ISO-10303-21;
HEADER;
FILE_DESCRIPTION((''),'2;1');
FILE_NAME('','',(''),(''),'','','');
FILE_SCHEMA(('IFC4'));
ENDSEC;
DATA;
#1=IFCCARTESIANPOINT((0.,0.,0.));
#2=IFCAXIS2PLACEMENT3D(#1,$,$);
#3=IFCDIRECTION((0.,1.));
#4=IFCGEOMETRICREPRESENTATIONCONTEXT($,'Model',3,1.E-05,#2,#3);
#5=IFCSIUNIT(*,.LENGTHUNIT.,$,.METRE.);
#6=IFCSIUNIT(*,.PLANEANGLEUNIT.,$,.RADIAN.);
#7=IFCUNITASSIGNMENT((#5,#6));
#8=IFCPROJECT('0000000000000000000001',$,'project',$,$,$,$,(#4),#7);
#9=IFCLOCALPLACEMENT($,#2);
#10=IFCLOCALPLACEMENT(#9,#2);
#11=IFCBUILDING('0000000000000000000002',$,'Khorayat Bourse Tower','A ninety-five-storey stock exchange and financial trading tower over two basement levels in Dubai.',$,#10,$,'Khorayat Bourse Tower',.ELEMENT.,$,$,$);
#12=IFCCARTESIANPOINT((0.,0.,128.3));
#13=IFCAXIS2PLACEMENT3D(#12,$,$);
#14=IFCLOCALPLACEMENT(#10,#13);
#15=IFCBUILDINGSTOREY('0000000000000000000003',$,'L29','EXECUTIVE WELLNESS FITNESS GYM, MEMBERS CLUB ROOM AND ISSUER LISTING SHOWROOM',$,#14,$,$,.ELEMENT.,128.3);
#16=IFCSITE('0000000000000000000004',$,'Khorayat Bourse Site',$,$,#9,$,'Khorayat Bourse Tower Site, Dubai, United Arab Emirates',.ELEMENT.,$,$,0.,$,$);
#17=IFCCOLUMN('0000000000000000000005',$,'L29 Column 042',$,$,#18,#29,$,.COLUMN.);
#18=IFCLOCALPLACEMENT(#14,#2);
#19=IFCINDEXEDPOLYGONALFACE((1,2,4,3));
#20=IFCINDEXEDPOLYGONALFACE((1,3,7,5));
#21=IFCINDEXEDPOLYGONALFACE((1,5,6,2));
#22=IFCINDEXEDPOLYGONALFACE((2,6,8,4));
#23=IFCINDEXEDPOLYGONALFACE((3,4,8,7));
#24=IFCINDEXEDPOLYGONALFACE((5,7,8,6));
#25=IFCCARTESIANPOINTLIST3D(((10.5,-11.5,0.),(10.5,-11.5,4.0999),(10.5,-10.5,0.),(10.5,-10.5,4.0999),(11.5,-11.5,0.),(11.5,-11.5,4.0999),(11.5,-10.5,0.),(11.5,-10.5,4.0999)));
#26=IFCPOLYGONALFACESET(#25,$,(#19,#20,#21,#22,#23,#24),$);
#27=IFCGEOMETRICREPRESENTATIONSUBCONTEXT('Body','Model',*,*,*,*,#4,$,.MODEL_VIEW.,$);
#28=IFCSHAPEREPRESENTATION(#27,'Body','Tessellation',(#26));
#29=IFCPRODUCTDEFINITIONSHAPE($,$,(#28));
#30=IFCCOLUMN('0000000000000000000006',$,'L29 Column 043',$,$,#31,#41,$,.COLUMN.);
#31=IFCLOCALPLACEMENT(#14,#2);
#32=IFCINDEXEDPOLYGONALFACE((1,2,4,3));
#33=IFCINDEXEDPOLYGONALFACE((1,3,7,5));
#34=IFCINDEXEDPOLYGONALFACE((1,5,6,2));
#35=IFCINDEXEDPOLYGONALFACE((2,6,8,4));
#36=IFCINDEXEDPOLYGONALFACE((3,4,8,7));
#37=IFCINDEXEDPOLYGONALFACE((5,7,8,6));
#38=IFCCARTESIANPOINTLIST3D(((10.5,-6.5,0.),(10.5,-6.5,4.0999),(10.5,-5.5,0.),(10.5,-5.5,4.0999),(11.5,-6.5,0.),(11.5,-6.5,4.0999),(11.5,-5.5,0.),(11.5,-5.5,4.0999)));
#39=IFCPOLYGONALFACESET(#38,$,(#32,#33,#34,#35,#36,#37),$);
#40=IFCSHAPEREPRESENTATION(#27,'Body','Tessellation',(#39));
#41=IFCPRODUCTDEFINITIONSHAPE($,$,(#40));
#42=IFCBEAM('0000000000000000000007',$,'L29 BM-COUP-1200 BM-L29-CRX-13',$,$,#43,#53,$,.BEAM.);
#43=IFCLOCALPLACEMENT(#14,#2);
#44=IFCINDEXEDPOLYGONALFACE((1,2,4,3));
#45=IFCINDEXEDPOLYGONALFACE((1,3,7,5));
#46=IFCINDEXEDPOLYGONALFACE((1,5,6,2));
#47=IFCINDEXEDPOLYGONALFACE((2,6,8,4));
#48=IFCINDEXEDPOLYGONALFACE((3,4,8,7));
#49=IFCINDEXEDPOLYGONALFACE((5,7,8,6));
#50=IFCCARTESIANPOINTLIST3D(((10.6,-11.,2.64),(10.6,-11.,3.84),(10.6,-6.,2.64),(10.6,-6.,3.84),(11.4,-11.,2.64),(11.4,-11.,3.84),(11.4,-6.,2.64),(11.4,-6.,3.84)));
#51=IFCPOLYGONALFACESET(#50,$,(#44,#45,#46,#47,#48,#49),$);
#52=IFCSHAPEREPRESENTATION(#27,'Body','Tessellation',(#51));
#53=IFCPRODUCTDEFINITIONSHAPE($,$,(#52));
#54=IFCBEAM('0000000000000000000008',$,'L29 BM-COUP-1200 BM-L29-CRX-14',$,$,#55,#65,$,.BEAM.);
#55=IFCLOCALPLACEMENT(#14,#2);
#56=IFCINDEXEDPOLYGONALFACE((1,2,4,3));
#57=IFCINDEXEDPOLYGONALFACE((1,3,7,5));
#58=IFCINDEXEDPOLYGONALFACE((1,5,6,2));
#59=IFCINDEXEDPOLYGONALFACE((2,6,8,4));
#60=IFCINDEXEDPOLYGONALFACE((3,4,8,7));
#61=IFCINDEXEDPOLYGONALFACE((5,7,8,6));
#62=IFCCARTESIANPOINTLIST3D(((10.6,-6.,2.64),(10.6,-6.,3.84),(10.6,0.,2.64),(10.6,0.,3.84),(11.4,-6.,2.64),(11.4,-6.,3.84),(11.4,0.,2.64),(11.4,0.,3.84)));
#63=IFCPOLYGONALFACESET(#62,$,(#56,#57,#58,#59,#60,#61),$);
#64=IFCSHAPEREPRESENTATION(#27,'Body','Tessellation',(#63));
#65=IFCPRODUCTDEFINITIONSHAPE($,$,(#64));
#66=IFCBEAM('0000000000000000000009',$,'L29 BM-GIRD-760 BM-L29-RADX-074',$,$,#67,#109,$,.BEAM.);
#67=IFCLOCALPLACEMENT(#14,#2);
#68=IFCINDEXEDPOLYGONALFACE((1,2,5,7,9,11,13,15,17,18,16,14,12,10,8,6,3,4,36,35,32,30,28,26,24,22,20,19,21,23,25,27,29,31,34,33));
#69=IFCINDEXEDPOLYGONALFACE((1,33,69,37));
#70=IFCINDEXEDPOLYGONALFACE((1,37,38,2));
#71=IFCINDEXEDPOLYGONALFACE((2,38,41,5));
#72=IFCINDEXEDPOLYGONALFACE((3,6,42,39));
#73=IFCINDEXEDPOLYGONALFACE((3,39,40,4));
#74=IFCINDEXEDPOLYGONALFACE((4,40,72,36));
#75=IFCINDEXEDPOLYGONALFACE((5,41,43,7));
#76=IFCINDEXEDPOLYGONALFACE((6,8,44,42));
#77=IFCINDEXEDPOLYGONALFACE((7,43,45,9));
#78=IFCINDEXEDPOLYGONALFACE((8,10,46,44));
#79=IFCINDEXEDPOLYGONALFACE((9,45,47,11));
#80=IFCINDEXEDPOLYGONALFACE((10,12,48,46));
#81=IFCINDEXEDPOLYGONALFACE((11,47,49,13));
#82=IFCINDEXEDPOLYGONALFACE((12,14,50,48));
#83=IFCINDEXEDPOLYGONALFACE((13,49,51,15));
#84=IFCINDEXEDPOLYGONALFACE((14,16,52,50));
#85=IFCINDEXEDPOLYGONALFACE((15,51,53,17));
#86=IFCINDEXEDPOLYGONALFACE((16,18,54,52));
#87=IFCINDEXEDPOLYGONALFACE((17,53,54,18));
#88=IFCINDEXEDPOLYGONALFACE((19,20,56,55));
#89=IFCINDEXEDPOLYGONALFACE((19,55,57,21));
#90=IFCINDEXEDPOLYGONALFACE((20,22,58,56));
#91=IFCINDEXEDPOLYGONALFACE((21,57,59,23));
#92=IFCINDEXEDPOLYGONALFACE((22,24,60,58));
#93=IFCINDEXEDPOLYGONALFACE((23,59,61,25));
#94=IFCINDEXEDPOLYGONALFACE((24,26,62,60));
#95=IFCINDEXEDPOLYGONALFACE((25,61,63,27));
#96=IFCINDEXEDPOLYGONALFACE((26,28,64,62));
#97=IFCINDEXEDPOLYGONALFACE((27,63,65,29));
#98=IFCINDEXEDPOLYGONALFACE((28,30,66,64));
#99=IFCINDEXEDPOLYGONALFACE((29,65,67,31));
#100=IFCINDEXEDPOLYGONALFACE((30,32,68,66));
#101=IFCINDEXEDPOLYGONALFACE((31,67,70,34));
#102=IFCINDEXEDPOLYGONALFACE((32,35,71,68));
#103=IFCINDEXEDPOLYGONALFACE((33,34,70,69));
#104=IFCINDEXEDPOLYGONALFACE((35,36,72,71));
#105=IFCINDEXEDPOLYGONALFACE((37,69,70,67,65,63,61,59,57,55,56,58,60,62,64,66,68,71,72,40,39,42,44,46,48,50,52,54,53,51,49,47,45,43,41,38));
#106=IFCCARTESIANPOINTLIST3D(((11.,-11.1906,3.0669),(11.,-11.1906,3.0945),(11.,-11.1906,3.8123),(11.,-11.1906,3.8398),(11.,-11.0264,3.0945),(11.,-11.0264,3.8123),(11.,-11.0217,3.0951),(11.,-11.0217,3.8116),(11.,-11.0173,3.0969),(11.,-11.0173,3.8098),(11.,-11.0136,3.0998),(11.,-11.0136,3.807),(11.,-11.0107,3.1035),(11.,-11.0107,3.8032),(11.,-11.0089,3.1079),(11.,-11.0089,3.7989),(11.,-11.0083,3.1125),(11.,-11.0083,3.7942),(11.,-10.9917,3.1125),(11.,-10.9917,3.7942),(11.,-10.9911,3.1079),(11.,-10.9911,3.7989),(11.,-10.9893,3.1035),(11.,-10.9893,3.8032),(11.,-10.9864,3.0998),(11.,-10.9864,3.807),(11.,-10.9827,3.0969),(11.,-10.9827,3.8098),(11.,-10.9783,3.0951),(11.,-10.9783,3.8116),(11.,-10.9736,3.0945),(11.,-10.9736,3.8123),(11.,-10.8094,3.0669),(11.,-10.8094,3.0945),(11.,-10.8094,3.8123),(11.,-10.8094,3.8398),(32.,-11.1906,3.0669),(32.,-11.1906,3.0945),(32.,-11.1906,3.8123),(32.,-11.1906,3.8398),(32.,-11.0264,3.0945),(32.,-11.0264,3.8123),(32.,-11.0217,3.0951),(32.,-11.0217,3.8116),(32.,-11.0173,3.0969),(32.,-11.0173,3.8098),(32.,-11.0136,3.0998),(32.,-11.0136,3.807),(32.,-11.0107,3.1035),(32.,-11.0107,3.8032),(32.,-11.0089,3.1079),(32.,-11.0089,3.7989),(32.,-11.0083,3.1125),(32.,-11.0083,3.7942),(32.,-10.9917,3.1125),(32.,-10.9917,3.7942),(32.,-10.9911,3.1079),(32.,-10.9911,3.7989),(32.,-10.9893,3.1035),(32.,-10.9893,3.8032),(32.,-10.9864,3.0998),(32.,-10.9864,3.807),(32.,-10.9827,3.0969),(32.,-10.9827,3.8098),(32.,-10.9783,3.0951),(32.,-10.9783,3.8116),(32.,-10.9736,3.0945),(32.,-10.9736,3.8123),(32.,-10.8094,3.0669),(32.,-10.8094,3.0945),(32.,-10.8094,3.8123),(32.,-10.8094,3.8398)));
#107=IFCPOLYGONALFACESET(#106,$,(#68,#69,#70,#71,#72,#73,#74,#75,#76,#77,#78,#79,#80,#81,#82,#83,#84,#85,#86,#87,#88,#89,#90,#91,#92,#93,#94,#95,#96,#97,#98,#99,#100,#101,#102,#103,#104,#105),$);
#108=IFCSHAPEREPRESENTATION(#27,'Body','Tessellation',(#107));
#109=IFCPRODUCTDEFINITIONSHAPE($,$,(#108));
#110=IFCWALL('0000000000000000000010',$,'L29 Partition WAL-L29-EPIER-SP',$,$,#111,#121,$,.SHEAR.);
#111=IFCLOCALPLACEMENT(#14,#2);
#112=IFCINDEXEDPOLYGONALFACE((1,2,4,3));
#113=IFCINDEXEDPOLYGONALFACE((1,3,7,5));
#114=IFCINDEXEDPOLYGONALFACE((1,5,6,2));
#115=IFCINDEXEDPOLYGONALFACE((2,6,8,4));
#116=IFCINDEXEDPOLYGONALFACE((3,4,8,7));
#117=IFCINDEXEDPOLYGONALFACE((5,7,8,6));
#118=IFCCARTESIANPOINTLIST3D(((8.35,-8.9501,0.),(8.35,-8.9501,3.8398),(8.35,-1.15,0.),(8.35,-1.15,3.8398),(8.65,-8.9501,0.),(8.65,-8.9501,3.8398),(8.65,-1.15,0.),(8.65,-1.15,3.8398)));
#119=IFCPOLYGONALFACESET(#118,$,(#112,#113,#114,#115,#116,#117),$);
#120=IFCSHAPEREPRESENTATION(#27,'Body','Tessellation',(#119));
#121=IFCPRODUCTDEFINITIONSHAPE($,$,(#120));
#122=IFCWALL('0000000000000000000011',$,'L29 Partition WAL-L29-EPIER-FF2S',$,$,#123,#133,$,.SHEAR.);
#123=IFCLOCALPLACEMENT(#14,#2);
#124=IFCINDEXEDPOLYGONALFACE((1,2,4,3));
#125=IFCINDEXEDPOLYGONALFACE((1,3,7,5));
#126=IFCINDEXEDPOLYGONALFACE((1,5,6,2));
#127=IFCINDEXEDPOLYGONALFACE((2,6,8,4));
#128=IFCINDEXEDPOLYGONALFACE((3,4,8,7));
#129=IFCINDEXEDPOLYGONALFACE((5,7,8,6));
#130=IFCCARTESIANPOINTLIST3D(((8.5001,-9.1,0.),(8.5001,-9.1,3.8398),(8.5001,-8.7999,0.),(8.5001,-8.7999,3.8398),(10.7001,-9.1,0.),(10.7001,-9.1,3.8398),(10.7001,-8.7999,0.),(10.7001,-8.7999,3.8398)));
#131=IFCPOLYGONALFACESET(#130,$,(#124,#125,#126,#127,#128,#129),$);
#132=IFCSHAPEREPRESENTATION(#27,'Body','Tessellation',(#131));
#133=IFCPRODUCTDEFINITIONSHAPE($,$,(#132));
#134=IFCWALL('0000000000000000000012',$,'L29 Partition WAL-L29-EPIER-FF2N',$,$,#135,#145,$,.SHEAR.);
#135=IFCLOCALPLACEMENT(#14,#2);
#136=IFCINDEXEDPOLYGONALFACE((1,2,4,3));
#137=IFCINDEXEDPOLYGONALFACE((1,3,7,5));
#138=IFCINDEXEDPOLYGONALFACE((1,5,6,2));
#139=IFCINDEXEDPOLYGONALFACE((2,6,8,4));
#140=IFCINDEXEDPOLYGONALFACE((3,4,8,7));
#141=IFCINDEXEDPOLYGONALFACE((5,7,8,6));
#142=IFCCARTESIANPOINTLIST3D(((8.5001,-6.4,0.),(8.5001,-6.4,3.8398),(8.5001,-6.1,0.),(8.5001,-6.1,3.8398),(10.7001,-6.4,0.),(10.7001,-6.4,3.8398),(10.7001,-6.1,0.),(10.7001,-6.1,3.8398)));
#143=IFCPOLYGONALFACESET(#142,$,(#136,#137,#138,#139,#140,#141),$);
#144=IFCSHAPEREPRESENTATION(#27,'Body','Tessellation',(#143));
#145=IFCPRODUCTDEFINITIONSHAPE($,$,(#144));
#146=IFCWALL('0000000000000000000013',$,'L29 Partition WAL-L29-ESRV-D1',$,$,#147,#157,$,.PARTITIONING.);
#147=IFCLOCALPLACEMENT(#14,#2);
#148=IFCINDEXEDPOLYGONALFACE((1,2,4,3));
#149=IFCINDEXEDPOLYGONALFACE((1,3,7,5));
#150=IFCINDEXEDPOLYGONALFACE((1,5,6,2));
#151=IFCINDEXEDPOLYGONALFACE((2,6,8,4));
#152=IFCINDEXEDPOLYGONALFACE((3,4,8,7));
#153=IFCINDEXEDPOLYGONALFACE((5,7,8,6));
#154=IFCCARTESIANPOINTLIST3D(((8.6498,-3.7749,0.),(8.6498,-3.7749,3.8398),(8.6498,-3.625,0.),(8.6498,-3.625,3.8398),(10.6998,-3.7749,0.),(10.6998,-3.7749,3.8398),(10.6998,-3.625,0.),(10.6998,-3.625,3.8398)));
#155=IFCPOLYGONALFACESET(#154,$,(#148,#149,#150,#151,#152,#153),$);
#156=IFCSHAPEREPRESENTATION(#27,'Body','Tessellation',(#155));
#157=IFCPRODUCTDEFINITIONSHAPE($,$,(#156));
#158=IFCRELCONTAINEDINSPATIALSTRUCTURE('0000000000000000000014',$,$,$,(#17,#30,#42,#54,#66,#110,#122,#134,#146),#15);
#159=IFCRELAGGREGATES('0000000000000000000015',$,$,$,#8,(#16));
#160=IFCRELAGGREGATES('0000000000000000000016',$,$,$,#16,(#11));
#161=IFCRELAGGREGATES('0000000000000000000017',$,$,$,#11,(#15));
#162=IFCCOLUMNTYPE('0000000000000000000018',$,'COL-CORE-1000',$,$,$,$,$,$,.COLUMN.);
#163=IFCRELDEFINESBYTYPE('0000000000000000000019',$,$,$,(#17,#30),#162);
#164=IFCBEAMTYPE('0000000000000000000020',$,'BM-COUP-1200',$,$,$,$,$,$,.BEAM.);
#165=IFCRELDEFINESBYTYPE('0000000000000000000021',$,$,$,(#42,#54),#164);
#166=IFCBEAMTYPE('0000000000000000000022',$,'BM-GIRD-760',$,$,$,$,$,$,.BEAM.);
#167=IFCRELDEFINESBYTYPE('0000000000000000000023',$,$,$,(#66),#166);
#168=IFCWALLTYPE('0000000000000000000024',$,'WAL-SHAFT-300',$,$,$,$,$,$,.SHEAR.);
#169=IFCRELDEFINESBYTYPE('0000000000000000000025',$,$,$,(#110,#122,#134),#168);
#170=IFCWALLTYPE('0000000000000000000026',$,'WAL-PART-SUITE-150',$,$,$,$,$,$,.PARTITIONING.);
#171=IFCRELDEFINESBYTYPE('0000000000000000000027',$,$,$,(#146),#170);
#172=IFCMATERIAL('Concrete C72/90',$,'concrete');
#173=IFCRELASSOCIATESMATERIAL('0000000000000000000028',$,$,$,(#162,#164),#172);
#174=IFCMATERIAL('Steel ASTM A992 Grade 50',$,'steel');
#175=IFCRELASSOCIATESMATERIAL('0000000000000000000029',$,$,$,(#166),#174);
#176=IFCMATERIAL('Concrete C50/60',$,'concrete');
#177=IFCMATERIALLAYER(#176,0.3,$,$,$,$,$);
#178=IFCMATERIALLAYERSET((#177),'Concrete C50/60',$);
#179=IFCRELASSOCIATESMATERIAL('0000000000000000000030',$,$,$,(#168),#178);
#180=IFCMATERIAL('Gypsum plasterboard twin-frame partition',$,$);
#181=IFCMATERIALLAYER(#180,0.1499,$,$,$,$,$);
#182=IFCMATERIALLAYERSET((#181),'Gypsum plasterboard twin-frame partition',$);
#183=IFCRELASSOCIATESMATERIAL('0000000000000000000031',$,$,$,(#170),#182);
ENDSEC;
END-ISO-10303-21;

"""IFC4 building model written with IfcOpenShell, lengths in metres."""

from ifc_helpers import new_model, si_unit, direction, frame, frame_2d, origin, origin_2d, place, context, subcontext, project, spatial, rectangle, i_section, extrude, source, transform, mapped, material, layer, layer_set, material_profile, profile_set, type_object, element, save


model = new_model("IFC4")

# Units and contexts
model_context = context("Model", 3, precision=1e-05, world=origin(), true_north=direction((0.0, 1.0)))
body_context = subcontext(model_context, "Body", "Model", "MODEL_VIEW")
ifc_project = project(units=[si_unit("LENGTHUNIT", "METRE"), si_unit("PLANEANGLEUNIT", "RADIAN")], contexts=[model_context])

# Site, building, storey
site_placement = place(None, origin())
site = spatial("IfcSite", under=ifc_project, at=site_placement, Name="Khorayat Bourse Site", LongName="Khorayat Bourse Tower Site, Dubai, United Arab Emirates", CompositionType="ELEMENT", RefElevation=0.0)
building_placement = place(site_placement, origin())
building = spatial("IfcBuilding", under=site, at=building_placement, Name="Khorayat Bourse Tower", Description="A ninety-five-storey stock exchange and financial trading tower over two basement levels in Dubai.", LongName="Khorayat Bourse Tower", CompositionType="ELEMENT")
storey_placement = place(building_placement, frame((0.0, 0.0, 128.3)))
storey = spatial("IfcBuildingStorey", under=building, at=storey_placement, Name="L29", Description="EXECUTIVE WELLNESS FITNESS GYM, MEMBERS CLUB ROOM AND ISSUER LISTING SHOWROOM", CompositionType="ELEMENT", Elevation=128.3)

# Columns
ifc_material_1 = material(Name="Concrete C72/90", Category="concrete")
ifc_material_profile_1 = material_profile(ifc_material_1, rectangle(XDim=1.0, YDim=1.0, at=origin_2d()), Name="RC 1000x1000")
ifc_profile_set_1 = profile_set([ifc_material_profile_1], Name="Concrete C72/90")
column_type = type_object("IfcColumnType", Name="COL-CORE-1000", PredefinedType="COLUMN", material=ifc_profile_set_1)
shared_shape_1 = source(origin(), body_context, "Body", "SweptSolid", [
    extrude(rectangle(XDim=1.0, YDim=1.0, at=origin_2d()), origin(), (0.0, 0.0, 1.0), 4.0999),
])
for number, where, z_axis, x_axis, name in (
    (1, (11.0, -11.0, 0.0), (0.0, 0.0, 1.0), (1.0, 0.0, 0.0), "L29 Column 042"),
    (2, (11.0, -6.0, 0.0), (0.0, 0.0, 1.0), (1.0, 0.0, 0.0), "L29 Column 043"),
):
    element("IfcColumn", number, at=place(storey_placement, frame(where, z_axis=z_axis, x_axis=x_axis)), inside=storey, type_object=column_type, Name=name, PredefinedType="COLUMN", context=body_context, shape_type="MappedRepresentation", body=[
        mapped(shared_shape_1, transform((0.0, 0.0, 0.0), scale=1.0)),
    ])

# Beams
ifc_material_profile_2 = material_profile(ifc_material_1, rectangle(XDim=0.8, YDim=1.2, at=origin_2d()), Name="RC 800x1200")
ifc_profile_set_2 = profile_set([ifc_material_profile_2], Name="Concrete C72/90")
beam_type_1 = type_object("IfcBeamType", Name="BM-COUP-1200", PredefinedType="BEAM", material=ifc_profile_set_2)
shared_shape_2 = source(origin(), body_context, "Body", "SweptSolid", [
    extrude(rectangle(XDim=0.8, YDim=1.2, at=origin_2d()), origin(), (0.0, 0.0, 1.0), 5.0),
])
beam_1_placement = place(storey_placement, frame((11.0, -11.0, 3.24), z_axis=(0.0, 1.0, 0.0), x_axis=(-1.0, 0.0, 0.0)))
element("IfcBeam", 3, at=beam_1_placement, inside=storey, type_object=beam_type_1, Name="L29 BM-COUP-1200 BM-L29-CRX-13", PredefinedType="BEAM", context=body_context, shape_type="MappedRepresentation", body=[
    mapped(shared_shape_2, transform((0.0, 0.0, 0.0), scale=1.0)),
])
shared_shape_3 = source(origin(), body_context, "Body", "SweptSolid", [
    extrude(rectangle(XDim=0.8, YDim=1.2, at=origin_2d()), origin(), (0.0, 0.0, 1.0), 6.0),
])
beam_2_placement = place(storey_placement, frame((11.0, -6.0, 3.24), z_axis=(0.0, 1.0, 0.0), x_axis=(-1.0, 0.0, 0.0)))
element("IfcBeam", 4, at=beam_2_placement, inside=storey, type_object=beam_type_1, Name="L29 BM-COUP-1200 BM-L29-CRX-14", PredefinedType="BEAM", context=body_context, shape_type="MappedRepresentation", body=[
    mapped(shared_shape_3, transform((0.0, 0.0, 0.0), scale=1.0)),
])
ifc_material_2 = material(Name="Steel ASTM A992 Grade 50", Category="steel")
ifc_material_profile_3 = material_profile(ifc_material_2, i_section(OverallWidth=0.3811, OverallDepth=0.7729, WebThickness=0.0166, FlangeThickness=0.0276, FilletRadius=0.0181, at=origin_2d()), Name="W760X257")
ifc_profile_set_3 = profile_set([ifc_material_profile_3], Name="Steel ASTM A992 Grade 50")
beam_type_2 = type_object("IfcBeamType", Name="BM-GIRD-760", PredefinedType="BEAM", material=ifc_profile_set_3)
shared_shape_4 = source(origin(), body_context, "Body", "SweptSolid", [
    extrude(i_section(OverallWidth=0.3811, OverallDepth=0.7729, WebThickness=0.0166, FlangeThickness=0.0276, FilletRadius=0.0181, at=origin_2d()), origin(), (0.0, 0.0, 1.0), 21.0),
])
beam_3_placement = place(storey_placement, frame((11.0, -11.0, 3.4534), z_axis=(1.0, 0.0, 0.0), x_axis=(0.0, 1.0, 0.0)))
element("IfcBeam", 5, at=beam_3_placement, inside=storey, type_object=beam_type_2, Name="L29 BM-GIRD-760 BM-L29-RADX-074", PredefinedType="BEAM", context=body_context, shape_type="MappedRepresentation", body=[
    mapped(shared_shape_4, transform((0.0, 0.0, 0.0), scale=1.0)),
])

# Walls
ifc_material_3 = material(Name="Concrete C50/60", Category="concrete")
ifc_layer_1 = layer(ifc_material_3, 0.3)
ifc_layer_set_1 = layer_set([ifc_layer_1], Name="Concrete C50/60")
wall_type_1 = type_object("IfcWallType", Name="WAL-SHAFT-300", PredefinedType="SHEAR", material=ifc_layer_set_1)
shared_shape_5 = source(origin(), body_context, "Body", "SweptSolid", [
    extrude(rectangle(XDim=7.8, YDim=0.3, at=frame_2d((3.8999, 0.0))), origin(), (0.0, 0.0, 1.0), 3.8398),
])
wall_1_placement = place(storey_placement, frame((8.5, -8.95, 0.0), z_axis=(0.0, 0.0, 1.0), x_axis=(0.0, 1.0, 0.0)))
element("IfcWall", 6, at=wall_1_placement, inside=storey, type_object=wall_type_1, Name="L29 Partition WAL-L29-EPIER-SP", PredefinedType="SHEAR", context=body_context, shape_type="MappedRepresentation", body=[
    mapped(shared_shape_5, transform((0.0, 0.0, 0.0), scale=1.0)),
])
shared_shape_6 = source(origin(), body_context, "Body", "SweptSolid", [
    extrude(rectangle(XDim=2.2, YDim=0.3, at=frame_2d((1.1001, 0.0))), origin(), (0.0, 0.0, 1.0), 3.8398),
])
for number, where, z_axis, x_axis, name in (
    (7, (8.5, -8.95, 0.0), (0.0, 0.0, 1.0), (1.0, 0.0, 0.0), "L29 Partition WAL-L29-EPIER-FF2S"),
    (8, (8.5, -6.25, 0.0), (0.0, 0.0, 1.0), (1.0, 0.0, 0.0), "L29 Partition WAL-L29-EPIER-FF2N"),
):
    element("IfcWall", number, at=place(storey_placement, frame(where, z_axis=z_axis, x_axis=x_axis)), inside=storey, type_object=wall_type_1, Name=name, PredefinedType="SHEAR", context=body_context, shape_type="MappedRepresentation", body=[
        mapped(shared_shape_6, transform((0.0, 0.0, 0.0), scale=1.0)),
    ])
ifc_material_4 = material(Name="Gypsum plasterboard twin-frame partition")
ifc_layer_2 = layer(ifc_material_4, 0.1499)
ifc_layer_set_2 = layer_set([ifc_layer_2], Name="Gypsum plasterboard twin-frame partition")
wall_type_2 = type_object("IfcWallType", Name="WAL-PART-SUITE-150", PredefinedType="PARTITIONING", material=ifc_layer_set_2)
shared_shape_7 = source(origin(), body_context, "Body", "SweptSolid", [
    extrude(rectangle(XDim=2.05, YDim=0.1499, at=frame_2d((1.0249, 0.0))), origin(), (0.0, 0.0, 1.0), 3.8398),
])
wall_2_placement = place(storey_placement, frame((8.6499, -3.7, 0.0), z_axis=(0.0, 0.0, 1.0), x_axis=(1.0, 0.0, 0.0)))
element("IfcWall", 9, at=wall_2_placement, inside=storey, type_object=wall_type_2, Name="L29 Partition WAL-L29-ESRV-D1", PredefinedType="PARTITIONING", context=body_context, shape_type="MappedRepresentation", body=[
    mapped(shared_shape_7, transform((0.0, 0.0, 0.0), scale=1.0)),
])

save(model, "model.ifc")
